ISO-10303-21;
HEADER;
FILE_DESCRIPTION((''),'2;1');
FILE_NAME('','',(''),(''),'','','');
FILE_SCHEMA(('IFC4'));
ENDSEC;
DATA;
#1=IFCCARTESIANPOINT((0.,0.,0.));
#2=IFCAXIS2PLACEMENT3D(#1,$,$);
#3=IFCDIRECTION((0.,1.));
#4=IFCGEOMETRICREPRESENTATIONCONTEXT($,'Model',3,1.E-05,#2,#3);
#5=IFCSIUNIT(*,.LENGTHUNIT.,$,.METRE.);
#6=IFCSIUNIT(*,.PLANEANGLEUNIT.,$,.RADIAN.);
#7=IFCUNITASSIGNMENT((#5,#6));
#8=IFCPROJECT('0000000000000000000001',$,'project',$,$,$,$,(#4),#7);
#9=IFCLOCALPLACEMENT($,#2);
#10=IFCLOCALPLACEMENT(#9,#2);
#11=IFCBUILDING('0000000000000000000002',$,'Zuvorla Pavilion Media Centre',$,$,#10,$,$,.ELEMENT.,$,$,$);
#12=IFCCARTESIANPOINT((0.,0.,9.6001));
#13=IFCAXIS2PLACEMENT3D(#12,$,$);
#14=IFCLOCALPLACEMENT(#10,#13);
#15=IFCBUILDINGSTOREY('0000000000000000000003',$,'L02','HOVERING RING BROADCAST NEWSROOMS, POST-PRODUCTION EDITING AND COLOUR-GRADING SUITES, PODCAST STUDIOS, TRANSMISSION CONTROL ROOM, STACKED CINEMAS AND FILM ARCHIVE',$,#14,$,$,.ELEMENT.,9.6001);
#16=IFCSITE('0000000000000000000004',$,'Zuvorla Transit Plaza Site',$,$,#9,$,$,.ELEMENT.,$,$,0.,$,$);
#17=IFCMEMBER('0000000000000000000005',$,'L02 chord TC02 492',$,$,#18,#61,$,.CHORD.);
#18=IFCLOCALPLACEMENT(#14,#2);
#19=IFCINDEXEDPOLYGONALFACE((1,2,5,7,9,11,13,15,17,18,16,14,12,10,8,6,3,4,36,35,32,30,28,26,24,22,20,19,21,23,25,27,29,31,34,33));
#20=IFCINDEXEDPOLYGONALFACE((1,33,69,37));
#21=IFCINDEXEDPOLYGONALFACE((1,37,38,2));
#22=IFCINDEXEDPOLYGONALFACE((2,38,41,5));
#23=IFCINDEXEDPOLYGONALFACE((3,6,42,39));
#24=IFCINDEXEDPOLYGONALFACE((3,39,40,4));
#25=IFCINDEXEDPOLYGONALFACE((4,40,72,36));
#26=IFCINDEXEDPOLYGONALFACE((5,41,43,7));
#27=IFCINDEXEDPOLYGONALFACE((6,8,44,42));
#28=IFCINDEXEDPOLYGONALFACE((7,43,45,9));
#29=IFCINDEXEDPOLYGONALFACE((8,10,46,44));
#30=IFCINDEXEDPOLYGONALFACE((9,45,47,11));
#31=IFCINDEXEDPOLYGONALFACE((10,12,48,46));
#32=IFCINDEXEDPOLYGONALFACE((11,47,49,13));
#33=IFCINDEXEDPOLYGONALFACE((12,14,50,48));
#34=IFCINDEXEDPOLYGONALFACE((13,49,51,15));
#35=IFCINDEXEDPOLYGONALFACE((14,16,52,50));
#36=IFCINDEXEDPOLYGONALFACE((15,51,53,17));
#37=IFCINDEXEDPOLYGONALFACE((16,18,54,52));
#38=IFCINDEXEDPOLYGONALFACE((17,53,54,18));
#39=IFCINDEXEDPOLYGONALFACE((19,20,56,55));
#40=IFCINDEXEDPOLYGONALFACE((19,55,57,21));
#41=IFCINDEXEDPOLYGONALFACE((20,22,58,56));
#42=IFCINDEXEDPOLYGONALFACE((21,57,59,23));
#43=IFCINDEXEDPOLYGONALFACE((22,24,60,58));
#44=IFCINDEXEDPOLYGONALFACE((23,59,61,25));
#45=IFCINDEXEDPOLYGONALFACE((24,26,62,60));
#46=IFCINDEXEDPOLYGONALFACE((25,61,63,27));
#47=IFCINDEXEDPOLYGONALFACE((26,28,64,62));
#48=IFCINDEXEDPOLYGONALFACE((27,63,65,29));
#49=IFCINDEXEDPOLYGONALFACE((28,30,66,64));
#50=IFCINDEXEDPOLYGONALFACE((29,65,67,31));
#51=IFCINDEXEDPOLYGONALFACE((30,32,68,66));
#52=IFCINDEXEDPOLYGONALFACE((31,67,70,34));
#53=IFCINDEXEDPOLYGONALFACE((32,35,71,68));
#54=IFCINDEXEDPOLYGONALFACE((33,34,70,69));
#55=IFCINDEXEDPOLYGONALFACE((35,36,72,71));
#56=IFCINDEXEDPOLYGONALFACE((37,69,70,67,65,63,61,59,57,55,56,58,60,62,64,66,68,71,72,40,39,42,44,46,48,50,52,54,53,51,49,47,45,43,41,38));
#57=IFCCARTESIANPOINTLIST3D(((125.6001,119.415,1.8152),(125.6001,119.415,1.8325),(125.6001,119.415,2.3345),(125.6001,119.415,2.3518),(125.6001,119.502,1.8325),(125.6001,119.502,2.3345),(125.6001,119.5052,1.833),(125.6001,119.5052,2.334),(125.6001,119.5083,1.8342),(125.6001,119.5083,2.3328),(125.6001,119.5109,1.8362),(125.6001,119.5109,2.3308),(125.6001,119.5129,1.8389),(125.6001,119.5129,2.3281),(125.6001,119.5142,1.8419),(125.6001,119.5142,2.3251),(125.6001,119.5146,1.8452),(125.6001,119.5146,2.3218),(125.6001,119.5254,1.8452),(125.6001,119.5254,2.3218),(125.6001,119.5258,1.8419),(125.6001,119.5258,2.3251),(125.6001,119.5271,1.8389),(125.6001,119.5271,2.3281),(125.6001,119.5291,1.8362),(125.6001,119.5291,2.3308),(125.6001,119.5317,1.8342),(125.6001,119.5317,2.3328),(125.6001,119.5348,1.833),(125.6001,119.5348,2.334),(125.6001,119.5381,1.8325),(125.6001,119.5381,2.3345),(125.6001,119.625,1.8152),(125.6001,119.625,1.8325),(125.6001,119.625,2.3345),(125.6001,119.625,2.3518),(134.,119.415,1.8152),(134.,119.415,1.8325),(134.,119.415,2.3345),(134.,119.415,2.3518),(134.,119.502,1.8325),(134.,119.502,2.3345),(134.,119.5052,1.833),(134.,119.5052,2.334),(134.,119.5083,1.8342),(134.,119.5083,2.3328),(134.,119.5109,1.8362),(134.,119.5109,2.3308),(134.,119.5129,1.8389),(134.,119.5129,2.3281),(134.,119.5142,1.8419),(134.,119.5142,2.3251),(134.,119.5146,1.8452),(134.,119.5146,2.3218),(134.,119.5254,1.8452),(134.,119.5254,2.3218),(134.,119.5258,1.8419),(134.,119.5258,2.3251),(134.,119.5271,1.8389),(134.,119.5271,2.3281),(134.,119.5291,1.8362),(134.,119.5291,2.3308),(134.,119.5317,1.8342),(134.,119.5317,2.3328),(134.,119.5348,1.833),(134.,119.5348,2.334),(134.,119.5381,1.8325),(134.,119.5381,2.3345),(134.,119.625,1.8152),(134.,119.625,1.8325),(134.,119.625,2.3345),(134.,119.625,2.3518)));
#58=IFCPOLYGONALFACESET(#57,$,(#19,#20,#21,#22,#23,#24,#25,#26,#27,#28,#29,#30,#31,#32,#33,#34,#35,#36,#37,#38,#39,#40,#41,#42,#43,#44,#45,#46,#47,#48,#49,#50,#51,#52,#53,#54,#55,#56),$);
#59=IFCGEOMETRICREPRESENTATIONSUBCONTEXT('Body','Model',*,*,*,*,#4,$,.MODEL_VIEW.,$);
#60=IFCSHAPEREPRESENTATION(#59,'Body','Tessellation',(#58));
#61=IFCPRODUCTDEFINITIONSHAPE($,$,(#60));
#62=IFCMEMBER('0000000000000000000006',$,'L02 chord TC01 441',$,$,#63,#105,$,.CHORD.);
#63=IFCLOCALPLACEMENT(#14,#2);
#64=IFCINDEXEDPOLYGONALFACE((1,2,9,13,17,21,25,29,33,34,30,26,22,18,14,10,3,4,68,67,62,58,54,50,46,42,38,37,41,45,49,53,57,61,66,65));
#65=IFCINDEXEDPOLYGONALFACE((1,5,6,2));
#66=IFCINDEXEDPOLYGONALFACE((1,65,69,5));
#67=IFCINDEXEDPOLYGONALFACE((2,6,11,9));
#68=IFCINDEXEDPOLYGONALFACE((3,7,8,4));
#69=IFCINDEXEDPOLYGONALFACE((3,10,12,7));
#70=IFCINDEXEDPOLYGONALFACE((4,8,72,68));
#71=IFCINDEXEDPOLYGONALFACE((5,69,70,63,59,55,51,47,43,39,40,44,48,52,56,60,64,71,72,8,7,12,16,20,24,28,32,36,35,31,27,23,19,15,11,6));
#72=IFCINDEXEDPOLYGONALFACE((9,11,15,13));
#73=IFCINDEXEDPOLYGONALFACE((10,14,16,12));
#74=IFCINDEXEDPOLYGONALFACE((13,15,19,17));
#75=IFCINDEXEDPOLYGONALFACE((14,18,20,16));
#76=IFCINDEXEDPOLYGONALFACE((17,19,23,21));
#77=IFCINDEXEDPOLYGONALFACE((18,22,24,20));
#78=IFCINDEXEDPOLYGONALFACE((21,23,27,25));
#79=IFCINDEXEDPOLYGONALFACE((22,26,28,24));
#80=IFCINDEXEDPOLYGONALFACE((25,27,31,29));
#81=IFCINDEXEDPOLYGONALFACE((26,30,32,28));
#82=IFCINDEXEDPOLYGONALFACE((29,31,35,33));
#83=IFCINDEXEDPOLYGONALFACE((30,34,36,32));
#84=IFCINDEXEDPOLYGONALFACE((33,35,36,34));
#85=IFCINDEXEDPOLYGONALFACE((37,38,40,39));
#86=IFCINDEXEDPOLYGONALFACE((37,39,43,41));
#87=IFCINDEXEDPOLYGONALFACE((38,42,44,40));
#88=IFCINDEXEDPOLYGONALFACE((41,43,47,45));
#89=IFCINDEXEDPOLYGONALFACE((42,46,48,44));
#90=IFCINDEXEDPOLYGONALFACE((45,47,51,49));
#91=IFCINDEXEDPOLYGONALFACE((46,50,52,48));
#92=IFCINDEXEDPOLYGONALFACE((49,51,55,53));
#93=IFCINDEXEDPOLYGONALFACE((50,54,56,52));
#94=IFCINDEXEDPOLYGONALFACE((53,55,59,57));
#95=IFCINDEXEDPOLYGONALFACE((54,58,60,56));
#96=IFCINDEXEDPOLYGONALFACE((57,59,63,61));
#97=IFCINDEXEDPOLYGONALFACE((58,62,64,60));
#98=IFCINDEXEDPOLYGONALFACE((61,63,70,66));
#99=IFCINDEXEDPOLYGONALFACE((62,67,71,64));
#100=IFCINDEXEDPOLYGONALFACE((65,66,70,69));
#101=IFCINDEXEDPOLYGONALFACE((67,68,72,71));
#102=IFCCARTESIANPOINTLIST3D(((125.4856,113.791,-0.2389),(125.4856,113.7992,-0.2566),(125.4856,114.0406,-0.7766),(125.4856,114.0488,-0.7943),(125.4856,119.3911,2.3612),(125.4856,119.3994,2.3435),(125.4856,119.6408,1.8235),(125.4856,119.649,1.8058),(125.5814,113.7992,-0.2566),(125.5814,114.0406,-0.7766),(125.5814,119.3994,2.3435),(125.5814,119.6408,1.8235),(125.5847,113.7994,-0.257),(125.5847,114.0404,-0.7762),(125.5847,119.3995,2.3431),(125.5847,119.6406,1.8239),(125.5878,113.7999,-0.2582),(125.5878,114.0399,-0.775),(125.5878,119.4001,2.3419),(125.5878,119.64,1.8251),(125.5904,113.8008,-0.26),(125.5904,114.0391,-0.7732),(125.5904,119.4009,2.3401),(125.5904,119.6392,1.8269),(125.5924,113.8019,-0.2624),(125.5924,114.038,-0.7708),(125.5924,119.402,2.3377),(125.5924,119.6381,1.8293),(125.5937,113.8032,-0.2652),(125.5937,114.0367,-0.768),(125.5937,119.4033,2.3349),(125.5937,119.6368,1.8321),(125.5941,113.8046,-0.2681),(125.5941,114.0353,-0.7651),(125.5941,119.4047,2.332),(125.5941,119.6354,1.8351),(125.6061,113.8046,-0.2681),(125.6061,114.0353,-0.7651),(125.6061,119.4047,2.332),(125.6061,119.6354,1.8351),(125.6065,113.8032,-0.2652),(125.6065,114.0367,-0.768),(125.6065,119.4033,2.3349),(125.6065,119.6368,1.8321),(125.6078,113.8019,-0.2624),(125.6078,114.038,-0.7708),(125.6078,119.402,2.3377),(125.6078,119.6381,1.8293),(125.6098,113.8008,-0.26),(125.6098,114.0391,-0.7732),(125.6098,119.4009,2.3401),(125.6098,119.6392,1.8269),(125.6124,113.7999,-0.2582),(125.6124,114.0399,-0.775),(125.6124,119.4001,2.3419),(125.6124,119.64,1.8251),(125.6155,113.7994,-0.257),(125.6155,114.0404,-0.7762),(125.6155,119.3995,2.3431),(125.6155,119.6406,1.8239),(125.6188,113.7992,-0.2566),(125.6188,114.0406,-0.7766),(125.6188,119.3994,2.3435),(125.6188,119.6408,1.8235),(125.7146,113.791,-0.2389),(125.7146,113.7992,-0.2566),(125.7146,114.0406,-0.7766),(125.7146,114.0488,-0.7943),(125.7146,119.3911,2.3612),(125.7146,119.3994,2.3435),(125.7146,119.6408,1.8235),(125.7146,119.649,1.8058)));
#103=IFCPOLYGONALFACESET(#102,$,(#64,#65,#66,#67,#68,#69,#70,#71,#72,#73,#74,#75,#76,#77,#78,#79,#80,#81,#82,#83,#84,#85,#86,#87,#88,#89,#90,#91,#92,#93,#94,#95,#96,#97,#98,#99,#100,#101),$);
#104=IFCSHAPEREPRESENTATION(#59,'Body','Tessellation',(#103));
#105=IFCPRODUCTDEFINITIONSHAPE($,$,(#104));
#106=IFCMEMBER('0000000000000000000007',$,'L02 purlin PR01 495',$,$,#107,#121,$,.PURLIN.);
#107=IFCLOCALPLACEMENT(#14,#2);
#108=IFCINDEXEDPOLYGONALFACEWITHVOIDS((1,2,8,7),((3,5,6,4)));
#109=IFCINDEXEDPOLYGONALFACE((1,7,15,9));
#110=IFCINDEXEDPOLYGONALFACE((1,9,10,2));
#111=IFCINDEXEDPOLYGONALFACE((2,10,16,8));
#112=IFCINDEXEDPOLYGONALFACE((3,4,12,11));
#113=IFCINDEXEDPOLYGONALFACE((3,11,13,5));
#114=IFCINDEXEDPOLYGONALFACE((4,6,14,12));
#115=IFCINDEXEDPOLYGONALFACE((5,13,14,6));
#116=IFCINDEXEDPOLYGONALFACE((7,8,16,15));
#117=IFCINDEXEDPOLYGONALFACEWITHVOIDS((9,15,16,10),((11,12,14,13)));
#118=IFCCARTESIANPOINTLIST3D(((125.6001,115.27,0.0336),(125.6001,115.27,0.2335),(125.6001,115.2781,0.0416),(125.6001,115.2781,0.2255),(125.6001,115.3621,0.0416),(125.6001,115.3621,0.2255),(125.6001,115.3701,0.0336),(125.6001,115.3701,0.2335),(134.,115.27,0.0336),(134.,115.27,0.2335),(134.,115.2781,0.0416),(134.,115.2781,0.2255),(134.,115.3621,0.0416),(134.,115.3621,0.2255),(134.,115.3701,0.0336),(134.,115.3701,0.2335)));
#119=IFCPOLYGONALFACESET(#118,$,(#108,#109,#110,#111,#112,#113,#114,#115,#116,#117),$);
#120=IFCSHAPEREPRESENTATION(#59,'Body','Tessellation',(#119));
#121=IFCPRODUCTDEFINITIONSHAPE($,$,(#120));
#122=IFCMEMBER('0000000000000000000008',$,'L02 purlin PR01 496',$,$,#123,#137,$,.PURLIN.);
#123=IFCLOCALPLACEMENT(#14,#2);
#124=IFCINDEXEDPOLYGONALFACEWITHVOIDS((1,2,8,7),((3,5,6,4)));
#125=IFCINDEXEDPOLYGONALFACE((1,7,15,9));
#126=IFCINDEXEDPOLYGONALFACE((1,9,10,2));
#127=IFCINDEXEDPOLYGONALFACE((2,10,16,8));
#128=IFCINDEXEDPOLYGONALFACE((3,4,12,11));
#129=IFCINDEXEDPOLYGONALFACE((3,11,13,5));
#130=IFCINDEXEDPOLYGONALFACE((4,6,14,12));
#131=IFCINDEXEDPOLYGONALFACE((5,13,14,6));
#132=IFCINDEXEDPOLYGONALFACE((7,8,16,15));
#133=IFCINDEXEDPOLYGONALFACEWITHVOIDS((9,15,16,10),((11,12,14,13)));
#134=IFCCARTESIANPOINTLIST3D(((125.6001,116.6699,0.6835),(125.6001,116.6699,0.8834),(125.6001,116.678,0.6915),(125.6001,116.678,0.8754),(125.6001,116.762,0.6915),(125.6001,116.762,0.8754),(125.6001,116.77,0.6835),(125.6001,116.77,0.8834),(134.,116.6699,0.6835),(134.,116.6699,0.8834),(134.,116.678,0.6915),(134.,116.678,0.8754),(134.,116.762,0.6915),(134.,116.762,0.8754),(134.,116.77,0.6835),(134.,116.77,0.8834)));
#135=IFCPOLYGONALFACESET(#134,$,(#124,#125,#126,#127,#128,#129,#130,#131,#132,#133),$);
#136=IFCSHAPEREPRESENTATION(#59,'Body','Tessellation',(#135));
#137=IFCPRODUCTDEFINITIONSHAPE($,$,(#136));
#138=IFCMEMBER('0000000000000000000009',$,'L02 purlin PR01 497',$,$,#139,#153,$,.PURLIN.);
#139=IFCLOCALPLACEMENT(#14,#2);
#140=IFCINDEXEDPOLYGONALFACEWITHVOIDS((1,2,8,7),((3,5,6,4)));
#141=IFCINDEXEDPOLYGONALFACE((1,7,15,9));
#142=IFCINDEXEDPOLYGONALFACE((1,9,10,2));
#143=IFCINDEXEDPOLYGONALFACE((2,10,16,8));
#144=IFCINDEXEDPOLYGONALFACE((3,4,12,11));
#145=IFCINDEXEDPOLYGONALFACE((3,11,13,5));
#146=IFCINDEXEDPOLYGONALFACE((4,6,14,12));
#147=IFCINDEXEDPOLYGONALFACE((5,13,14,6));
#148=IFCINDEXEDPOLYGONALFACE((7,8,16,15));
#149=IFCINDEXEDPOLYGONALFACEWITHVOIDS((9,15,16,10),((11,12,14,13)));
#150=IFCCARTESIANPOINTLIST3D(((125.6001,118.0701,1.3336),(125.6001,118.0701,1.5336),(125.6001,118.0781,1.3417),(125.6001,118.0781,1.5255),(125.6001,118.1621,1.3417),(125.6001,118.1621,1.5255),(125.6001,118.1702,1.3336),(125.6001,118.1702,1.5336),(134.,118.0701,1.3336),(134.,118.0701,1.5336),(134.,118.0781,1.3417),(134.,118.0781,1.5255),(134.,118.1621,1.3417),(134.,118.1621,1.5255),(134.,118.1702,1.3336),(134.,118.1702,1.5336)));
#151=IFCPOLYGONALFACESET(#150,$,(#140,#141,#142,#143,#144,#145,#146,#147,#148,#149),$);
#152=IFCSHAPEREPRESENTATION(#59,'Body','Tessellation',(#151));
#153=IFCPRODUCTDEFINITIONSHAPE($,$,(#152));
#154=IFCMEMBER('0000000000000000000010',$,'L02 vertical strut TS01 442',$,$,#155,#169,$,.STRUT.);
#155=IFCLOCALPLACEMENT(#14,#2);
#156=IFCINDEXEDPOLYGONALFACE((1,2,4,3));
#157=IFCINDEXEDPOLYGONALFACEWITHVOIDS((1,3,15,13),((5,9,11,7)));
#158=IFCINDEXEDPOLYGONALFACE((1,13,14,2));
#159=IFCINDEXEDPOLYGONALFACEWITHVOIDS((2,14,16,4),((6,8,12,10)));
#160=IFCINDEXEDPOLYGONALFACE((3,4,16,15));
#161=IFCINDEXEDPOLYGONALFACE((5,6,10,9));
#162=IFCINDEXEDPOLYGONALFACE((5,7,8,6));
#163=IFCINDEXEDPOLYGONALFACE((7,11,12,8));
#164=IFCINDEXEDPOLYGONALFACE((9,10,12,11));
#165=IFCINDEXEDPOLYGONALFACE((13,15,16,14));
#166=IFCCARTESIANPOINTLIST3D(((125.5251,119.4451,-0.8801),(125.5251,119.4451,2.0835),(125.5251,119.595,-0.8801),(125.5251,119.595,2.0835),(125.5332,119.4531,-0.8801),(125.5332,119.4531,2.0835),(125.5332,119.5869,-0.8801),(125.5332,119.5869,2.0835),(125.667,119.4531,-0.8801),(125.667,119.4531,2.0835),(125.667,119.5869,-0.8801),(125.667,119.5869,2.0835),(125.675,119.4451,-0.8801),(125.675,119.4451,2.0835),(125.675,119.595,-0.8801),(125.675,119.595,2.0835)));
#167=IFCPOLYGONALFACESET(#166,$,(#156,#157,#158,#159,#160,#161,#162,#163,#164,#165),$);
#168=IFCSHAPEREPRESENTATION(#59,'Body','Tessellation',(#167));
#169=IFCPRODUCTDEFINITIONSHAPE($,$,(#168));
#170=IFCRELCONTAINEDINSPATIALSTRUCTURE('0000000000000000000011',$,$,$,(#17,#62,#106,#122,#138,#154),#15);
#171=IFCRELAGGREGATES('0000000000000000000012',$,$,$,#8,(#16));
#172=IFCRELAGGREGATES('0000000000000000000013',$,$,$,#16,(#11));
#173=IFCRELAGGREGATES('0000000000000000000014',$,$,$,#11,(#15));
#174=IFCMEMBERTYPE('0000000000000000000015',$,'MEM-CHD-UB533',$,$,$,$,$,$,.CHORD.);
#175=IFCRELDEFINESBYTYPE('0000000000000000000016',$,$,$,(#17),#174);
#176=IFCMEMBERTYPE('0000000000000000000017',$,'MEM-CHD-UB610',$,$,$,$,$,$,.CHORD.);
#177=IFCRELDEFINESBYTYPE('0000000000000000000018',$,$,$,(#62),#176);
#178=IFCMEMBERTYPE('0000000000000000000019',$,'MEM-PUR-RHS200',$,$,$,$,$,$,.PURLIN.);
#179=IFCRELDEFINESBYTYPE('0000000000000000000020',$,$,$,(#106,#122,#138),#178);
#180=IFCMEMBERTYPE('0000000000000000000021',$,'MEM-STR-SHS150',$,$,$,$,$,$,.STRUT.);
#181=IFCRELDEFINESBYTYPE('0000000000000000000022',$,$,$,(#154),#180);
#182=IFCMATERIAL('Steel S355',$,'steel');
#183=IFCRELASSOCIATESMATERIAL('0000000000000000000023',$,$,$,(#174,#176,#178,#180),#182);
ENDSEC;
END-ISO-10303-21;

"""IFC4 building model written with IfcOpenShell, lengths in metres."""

from ifc_helpers import new_model, si_unit, direction, frame, origin, origin_2d, place, context, subcontext, project, spatial, hollow_rectangle, i_section, extrude, material, material_profile, profile_set, type_object, element, save


model = new_model("IFC4")

# Units and contexts
model_context = context("Model", 3, precision=1e-05, world=origin(), true_north=direction((0.0, 1.0)))
body_context = subcontext(model_context, "Body", "Model", "MODEL_VIEW")
ifc_project = project(units=[si_unit("LENGTHUNIT", "METRE"), si_unit("PLANEANGLEUNIT", "RADIAN")], contexts=[model_context])

# Site, building, storey
site_placement = place(None, origin())
site = spatial("IfcSite", under=ifc_project, at=site_placement, Name="Zuvorla Transit Plaza Site", CompositionType="ELEMENT", RefElevation=0.0)
building_placement = place(site_placement, origin())
building = spatial("IfcBuilding", under=site, at=building_placement, Name="Zuvorla Pavilion Media Centre", CompositionType="ELEMENT")
storey_placement = place(building_placement, frame((0.0, 0.0, 9.6001)))
storey = spatial("IfcBuildingStorey", under=building, at=storey_placement, Name="L02", Description="HOVERING RING BROADCAST NEWSROOMS, POST-PRODUCTION EDITING AND COLOUR-GRADING SUITES, PODCAST STUDIOS, TRANSMISSION CONTROL ROOM, STACKED CINEMAS AND FILM ARCHIVE", CompositionType="ELEMENT", Elevation=9.6001)

# Shared definitions
ifc_material_1 = material(Name="Steel S355", Category="steel")

# Members
ifc_material_profile_1 = material_profile(ifc_material_1, i_section(OverallWidth=0.21, OverallDepth=0.5366, WebThickness=0.0107, FlangeThickness=0.0173, FilletRadius=0.0127, at=origin_2d()), Name="UB 533x210x101")
ifc_profile_set_1 = profile_set([ifc_material_profile_1], Name="Steel S355")
member_type_1 = type_object("IfcMemberType", Name="MEM-CHD-UB533", PredefinedType="CHORD", material=ifc_profile_set_1)
member_1_placement = place(storey_placement, frame((125.6001, 119.52, 2.0835), z_axis=(1.0, 0.0, 0.0), x_axis=(0.0, 1.0, 0.0)))
element("IfcMember", 1, at=member_1_placement, inside=storey, type_object=member_type_1, Name="L02 chord TC02 492", PredefinedType="CHORD", context=body_context, shape_type="SweptSolid", body=[
    extrude(i_section(OverallWidth=0.21, OverallDepth=0.5366, WebThickness=0.0107, FlangeThickness=0.0173, FilletRadius=0.0127, at=origin_2d()), origin(), (0.0, 0.0, 1.0), 8.3999),
])
ifc_material_profile_2 = material_profile(ifc_material_1, i_section(OverallWidth=0.229, OverallDepth=0.6123, WebThickness=0.012, FlangeThickness=0.0195, FilletRadius=0.0127, at=origin_2d()), Name="UB 610x229x125")
ifc_profile_set_2 = profile_set([ifc_material_profile_2], Name="Steel S355")
member_type_2 = type_object("IfcMemberType", Name="MEM-CHD-UB610", PredefinedType="CHORD", material=ifc_profile_set_2)
member_2_placement = place(storey_placement, frame((125.6001, 113.9199, -0.5166), z_axis=(0.0, 0.907006, 0.421118), x_axis=(-1.0, 0.0, 0.0)))
element("IfcMember", 2, at=member_2_placement, inside=storey, type_object=member_type_2, Name="L02 chord TC01 441", PredefinedType="CHORD", context=body_context, shape_type="SweptSolid", body=[
    extrude(i_section(OverallWidth=0.229, OverallDepth=0.6123, WebThickness=0.012, FlangeThickness=0.0195, FilletRadius=0.0127, at=origin_2d()), origin(), (0.0, 0.0, 1.0), 6.1743),
])
ifc_material_profile_3 = material_profile(ifc_material_1, hollow_rectangle(XDim=0.1001, YDim=0.2, WallThickness=0.0081, at=origin_2d()), Name="RHS 200x100x8")
ifc_profile_set_3 = profile_set([ifc_material_profile_3], Name="Steel S355")
member_type_3 = type_object("IfcMemberType", Name="MEM-PUR-RHS200", PredefinedType="PURLIN", material=ifc_profile_set_3)
for number, where, z_axis, x_axis, name in (
    (3, (125.6001, 115.3201, 0.1335), (1.0, 0.0, 0.0), (0.0, 1.0, 0.0), "L02 purlin PR01 495"),
    (4, (125.6001, 116.72, 0.7834), (1.0, 0.0, 0.0), (0.0, 1.0, 0.0), "L02 purlin PR01 496"),
    (5, (125.6001, 118.1201, 1.4336), (1.0, 0.0, 0.0), (0.0, 1.0, 0.0), "L02 purlin PR01 497"),
):
    element("IfcMember", number, at=place(storey_placement, frame(where, z_axis=z_axis, x_axis=x_axis)), inside=storey, type_object=member_type_3, Name=name, PredefinedType="PURLIN", context=body_context, shape_type="SweptSolid", body=[
        extrude(hollow_rectangle(XDim=0.1001, YDim=0.2, WallThickness=0.0081, at=origin_2d()), origin(), (0.0, 0.0, 1.0), 8.3999),
    ])
ifc_material_profile_4 = material_profile(ifc_material_1, hollow_rectangle(XDim=0.1499, YDim=0.1499, WallThickness=0.0081, at=origin_2d()), Name="SHS 150x150x8")
ifc_profile_set_4 = profile_set([ifc_material_profile_4], Name="Steel S355")
member_type_4 = type_object("IfcMemberType", Name="MEM-STR-SHS150", PredefinedType="STRUT", material=ifc_profile_set_4)
member_3_placement = place(storey_placement, frame((125.6001, 119.52, -0.8801), z_axis=(0.0, 0.0, 1.0), x_axis=(1.0, 0.0, 0.0)))
element("IfcMember", 6, at=member_3_placement, inside=storey, type_object=member_type_4, Name="L02 vertical strut TS01 442", PredefinedType="STRUT", context=body_context, shape_type="SweptSolid", body=[
    extrude(hollow_rectangle(XDim=0.1499, YDim=0.1499, WallThickness=0.0081, at=origin_2d()), origin(), (0.0, 0.0, 1.0), 2.9636),
])

save(model, "model.ifc")
